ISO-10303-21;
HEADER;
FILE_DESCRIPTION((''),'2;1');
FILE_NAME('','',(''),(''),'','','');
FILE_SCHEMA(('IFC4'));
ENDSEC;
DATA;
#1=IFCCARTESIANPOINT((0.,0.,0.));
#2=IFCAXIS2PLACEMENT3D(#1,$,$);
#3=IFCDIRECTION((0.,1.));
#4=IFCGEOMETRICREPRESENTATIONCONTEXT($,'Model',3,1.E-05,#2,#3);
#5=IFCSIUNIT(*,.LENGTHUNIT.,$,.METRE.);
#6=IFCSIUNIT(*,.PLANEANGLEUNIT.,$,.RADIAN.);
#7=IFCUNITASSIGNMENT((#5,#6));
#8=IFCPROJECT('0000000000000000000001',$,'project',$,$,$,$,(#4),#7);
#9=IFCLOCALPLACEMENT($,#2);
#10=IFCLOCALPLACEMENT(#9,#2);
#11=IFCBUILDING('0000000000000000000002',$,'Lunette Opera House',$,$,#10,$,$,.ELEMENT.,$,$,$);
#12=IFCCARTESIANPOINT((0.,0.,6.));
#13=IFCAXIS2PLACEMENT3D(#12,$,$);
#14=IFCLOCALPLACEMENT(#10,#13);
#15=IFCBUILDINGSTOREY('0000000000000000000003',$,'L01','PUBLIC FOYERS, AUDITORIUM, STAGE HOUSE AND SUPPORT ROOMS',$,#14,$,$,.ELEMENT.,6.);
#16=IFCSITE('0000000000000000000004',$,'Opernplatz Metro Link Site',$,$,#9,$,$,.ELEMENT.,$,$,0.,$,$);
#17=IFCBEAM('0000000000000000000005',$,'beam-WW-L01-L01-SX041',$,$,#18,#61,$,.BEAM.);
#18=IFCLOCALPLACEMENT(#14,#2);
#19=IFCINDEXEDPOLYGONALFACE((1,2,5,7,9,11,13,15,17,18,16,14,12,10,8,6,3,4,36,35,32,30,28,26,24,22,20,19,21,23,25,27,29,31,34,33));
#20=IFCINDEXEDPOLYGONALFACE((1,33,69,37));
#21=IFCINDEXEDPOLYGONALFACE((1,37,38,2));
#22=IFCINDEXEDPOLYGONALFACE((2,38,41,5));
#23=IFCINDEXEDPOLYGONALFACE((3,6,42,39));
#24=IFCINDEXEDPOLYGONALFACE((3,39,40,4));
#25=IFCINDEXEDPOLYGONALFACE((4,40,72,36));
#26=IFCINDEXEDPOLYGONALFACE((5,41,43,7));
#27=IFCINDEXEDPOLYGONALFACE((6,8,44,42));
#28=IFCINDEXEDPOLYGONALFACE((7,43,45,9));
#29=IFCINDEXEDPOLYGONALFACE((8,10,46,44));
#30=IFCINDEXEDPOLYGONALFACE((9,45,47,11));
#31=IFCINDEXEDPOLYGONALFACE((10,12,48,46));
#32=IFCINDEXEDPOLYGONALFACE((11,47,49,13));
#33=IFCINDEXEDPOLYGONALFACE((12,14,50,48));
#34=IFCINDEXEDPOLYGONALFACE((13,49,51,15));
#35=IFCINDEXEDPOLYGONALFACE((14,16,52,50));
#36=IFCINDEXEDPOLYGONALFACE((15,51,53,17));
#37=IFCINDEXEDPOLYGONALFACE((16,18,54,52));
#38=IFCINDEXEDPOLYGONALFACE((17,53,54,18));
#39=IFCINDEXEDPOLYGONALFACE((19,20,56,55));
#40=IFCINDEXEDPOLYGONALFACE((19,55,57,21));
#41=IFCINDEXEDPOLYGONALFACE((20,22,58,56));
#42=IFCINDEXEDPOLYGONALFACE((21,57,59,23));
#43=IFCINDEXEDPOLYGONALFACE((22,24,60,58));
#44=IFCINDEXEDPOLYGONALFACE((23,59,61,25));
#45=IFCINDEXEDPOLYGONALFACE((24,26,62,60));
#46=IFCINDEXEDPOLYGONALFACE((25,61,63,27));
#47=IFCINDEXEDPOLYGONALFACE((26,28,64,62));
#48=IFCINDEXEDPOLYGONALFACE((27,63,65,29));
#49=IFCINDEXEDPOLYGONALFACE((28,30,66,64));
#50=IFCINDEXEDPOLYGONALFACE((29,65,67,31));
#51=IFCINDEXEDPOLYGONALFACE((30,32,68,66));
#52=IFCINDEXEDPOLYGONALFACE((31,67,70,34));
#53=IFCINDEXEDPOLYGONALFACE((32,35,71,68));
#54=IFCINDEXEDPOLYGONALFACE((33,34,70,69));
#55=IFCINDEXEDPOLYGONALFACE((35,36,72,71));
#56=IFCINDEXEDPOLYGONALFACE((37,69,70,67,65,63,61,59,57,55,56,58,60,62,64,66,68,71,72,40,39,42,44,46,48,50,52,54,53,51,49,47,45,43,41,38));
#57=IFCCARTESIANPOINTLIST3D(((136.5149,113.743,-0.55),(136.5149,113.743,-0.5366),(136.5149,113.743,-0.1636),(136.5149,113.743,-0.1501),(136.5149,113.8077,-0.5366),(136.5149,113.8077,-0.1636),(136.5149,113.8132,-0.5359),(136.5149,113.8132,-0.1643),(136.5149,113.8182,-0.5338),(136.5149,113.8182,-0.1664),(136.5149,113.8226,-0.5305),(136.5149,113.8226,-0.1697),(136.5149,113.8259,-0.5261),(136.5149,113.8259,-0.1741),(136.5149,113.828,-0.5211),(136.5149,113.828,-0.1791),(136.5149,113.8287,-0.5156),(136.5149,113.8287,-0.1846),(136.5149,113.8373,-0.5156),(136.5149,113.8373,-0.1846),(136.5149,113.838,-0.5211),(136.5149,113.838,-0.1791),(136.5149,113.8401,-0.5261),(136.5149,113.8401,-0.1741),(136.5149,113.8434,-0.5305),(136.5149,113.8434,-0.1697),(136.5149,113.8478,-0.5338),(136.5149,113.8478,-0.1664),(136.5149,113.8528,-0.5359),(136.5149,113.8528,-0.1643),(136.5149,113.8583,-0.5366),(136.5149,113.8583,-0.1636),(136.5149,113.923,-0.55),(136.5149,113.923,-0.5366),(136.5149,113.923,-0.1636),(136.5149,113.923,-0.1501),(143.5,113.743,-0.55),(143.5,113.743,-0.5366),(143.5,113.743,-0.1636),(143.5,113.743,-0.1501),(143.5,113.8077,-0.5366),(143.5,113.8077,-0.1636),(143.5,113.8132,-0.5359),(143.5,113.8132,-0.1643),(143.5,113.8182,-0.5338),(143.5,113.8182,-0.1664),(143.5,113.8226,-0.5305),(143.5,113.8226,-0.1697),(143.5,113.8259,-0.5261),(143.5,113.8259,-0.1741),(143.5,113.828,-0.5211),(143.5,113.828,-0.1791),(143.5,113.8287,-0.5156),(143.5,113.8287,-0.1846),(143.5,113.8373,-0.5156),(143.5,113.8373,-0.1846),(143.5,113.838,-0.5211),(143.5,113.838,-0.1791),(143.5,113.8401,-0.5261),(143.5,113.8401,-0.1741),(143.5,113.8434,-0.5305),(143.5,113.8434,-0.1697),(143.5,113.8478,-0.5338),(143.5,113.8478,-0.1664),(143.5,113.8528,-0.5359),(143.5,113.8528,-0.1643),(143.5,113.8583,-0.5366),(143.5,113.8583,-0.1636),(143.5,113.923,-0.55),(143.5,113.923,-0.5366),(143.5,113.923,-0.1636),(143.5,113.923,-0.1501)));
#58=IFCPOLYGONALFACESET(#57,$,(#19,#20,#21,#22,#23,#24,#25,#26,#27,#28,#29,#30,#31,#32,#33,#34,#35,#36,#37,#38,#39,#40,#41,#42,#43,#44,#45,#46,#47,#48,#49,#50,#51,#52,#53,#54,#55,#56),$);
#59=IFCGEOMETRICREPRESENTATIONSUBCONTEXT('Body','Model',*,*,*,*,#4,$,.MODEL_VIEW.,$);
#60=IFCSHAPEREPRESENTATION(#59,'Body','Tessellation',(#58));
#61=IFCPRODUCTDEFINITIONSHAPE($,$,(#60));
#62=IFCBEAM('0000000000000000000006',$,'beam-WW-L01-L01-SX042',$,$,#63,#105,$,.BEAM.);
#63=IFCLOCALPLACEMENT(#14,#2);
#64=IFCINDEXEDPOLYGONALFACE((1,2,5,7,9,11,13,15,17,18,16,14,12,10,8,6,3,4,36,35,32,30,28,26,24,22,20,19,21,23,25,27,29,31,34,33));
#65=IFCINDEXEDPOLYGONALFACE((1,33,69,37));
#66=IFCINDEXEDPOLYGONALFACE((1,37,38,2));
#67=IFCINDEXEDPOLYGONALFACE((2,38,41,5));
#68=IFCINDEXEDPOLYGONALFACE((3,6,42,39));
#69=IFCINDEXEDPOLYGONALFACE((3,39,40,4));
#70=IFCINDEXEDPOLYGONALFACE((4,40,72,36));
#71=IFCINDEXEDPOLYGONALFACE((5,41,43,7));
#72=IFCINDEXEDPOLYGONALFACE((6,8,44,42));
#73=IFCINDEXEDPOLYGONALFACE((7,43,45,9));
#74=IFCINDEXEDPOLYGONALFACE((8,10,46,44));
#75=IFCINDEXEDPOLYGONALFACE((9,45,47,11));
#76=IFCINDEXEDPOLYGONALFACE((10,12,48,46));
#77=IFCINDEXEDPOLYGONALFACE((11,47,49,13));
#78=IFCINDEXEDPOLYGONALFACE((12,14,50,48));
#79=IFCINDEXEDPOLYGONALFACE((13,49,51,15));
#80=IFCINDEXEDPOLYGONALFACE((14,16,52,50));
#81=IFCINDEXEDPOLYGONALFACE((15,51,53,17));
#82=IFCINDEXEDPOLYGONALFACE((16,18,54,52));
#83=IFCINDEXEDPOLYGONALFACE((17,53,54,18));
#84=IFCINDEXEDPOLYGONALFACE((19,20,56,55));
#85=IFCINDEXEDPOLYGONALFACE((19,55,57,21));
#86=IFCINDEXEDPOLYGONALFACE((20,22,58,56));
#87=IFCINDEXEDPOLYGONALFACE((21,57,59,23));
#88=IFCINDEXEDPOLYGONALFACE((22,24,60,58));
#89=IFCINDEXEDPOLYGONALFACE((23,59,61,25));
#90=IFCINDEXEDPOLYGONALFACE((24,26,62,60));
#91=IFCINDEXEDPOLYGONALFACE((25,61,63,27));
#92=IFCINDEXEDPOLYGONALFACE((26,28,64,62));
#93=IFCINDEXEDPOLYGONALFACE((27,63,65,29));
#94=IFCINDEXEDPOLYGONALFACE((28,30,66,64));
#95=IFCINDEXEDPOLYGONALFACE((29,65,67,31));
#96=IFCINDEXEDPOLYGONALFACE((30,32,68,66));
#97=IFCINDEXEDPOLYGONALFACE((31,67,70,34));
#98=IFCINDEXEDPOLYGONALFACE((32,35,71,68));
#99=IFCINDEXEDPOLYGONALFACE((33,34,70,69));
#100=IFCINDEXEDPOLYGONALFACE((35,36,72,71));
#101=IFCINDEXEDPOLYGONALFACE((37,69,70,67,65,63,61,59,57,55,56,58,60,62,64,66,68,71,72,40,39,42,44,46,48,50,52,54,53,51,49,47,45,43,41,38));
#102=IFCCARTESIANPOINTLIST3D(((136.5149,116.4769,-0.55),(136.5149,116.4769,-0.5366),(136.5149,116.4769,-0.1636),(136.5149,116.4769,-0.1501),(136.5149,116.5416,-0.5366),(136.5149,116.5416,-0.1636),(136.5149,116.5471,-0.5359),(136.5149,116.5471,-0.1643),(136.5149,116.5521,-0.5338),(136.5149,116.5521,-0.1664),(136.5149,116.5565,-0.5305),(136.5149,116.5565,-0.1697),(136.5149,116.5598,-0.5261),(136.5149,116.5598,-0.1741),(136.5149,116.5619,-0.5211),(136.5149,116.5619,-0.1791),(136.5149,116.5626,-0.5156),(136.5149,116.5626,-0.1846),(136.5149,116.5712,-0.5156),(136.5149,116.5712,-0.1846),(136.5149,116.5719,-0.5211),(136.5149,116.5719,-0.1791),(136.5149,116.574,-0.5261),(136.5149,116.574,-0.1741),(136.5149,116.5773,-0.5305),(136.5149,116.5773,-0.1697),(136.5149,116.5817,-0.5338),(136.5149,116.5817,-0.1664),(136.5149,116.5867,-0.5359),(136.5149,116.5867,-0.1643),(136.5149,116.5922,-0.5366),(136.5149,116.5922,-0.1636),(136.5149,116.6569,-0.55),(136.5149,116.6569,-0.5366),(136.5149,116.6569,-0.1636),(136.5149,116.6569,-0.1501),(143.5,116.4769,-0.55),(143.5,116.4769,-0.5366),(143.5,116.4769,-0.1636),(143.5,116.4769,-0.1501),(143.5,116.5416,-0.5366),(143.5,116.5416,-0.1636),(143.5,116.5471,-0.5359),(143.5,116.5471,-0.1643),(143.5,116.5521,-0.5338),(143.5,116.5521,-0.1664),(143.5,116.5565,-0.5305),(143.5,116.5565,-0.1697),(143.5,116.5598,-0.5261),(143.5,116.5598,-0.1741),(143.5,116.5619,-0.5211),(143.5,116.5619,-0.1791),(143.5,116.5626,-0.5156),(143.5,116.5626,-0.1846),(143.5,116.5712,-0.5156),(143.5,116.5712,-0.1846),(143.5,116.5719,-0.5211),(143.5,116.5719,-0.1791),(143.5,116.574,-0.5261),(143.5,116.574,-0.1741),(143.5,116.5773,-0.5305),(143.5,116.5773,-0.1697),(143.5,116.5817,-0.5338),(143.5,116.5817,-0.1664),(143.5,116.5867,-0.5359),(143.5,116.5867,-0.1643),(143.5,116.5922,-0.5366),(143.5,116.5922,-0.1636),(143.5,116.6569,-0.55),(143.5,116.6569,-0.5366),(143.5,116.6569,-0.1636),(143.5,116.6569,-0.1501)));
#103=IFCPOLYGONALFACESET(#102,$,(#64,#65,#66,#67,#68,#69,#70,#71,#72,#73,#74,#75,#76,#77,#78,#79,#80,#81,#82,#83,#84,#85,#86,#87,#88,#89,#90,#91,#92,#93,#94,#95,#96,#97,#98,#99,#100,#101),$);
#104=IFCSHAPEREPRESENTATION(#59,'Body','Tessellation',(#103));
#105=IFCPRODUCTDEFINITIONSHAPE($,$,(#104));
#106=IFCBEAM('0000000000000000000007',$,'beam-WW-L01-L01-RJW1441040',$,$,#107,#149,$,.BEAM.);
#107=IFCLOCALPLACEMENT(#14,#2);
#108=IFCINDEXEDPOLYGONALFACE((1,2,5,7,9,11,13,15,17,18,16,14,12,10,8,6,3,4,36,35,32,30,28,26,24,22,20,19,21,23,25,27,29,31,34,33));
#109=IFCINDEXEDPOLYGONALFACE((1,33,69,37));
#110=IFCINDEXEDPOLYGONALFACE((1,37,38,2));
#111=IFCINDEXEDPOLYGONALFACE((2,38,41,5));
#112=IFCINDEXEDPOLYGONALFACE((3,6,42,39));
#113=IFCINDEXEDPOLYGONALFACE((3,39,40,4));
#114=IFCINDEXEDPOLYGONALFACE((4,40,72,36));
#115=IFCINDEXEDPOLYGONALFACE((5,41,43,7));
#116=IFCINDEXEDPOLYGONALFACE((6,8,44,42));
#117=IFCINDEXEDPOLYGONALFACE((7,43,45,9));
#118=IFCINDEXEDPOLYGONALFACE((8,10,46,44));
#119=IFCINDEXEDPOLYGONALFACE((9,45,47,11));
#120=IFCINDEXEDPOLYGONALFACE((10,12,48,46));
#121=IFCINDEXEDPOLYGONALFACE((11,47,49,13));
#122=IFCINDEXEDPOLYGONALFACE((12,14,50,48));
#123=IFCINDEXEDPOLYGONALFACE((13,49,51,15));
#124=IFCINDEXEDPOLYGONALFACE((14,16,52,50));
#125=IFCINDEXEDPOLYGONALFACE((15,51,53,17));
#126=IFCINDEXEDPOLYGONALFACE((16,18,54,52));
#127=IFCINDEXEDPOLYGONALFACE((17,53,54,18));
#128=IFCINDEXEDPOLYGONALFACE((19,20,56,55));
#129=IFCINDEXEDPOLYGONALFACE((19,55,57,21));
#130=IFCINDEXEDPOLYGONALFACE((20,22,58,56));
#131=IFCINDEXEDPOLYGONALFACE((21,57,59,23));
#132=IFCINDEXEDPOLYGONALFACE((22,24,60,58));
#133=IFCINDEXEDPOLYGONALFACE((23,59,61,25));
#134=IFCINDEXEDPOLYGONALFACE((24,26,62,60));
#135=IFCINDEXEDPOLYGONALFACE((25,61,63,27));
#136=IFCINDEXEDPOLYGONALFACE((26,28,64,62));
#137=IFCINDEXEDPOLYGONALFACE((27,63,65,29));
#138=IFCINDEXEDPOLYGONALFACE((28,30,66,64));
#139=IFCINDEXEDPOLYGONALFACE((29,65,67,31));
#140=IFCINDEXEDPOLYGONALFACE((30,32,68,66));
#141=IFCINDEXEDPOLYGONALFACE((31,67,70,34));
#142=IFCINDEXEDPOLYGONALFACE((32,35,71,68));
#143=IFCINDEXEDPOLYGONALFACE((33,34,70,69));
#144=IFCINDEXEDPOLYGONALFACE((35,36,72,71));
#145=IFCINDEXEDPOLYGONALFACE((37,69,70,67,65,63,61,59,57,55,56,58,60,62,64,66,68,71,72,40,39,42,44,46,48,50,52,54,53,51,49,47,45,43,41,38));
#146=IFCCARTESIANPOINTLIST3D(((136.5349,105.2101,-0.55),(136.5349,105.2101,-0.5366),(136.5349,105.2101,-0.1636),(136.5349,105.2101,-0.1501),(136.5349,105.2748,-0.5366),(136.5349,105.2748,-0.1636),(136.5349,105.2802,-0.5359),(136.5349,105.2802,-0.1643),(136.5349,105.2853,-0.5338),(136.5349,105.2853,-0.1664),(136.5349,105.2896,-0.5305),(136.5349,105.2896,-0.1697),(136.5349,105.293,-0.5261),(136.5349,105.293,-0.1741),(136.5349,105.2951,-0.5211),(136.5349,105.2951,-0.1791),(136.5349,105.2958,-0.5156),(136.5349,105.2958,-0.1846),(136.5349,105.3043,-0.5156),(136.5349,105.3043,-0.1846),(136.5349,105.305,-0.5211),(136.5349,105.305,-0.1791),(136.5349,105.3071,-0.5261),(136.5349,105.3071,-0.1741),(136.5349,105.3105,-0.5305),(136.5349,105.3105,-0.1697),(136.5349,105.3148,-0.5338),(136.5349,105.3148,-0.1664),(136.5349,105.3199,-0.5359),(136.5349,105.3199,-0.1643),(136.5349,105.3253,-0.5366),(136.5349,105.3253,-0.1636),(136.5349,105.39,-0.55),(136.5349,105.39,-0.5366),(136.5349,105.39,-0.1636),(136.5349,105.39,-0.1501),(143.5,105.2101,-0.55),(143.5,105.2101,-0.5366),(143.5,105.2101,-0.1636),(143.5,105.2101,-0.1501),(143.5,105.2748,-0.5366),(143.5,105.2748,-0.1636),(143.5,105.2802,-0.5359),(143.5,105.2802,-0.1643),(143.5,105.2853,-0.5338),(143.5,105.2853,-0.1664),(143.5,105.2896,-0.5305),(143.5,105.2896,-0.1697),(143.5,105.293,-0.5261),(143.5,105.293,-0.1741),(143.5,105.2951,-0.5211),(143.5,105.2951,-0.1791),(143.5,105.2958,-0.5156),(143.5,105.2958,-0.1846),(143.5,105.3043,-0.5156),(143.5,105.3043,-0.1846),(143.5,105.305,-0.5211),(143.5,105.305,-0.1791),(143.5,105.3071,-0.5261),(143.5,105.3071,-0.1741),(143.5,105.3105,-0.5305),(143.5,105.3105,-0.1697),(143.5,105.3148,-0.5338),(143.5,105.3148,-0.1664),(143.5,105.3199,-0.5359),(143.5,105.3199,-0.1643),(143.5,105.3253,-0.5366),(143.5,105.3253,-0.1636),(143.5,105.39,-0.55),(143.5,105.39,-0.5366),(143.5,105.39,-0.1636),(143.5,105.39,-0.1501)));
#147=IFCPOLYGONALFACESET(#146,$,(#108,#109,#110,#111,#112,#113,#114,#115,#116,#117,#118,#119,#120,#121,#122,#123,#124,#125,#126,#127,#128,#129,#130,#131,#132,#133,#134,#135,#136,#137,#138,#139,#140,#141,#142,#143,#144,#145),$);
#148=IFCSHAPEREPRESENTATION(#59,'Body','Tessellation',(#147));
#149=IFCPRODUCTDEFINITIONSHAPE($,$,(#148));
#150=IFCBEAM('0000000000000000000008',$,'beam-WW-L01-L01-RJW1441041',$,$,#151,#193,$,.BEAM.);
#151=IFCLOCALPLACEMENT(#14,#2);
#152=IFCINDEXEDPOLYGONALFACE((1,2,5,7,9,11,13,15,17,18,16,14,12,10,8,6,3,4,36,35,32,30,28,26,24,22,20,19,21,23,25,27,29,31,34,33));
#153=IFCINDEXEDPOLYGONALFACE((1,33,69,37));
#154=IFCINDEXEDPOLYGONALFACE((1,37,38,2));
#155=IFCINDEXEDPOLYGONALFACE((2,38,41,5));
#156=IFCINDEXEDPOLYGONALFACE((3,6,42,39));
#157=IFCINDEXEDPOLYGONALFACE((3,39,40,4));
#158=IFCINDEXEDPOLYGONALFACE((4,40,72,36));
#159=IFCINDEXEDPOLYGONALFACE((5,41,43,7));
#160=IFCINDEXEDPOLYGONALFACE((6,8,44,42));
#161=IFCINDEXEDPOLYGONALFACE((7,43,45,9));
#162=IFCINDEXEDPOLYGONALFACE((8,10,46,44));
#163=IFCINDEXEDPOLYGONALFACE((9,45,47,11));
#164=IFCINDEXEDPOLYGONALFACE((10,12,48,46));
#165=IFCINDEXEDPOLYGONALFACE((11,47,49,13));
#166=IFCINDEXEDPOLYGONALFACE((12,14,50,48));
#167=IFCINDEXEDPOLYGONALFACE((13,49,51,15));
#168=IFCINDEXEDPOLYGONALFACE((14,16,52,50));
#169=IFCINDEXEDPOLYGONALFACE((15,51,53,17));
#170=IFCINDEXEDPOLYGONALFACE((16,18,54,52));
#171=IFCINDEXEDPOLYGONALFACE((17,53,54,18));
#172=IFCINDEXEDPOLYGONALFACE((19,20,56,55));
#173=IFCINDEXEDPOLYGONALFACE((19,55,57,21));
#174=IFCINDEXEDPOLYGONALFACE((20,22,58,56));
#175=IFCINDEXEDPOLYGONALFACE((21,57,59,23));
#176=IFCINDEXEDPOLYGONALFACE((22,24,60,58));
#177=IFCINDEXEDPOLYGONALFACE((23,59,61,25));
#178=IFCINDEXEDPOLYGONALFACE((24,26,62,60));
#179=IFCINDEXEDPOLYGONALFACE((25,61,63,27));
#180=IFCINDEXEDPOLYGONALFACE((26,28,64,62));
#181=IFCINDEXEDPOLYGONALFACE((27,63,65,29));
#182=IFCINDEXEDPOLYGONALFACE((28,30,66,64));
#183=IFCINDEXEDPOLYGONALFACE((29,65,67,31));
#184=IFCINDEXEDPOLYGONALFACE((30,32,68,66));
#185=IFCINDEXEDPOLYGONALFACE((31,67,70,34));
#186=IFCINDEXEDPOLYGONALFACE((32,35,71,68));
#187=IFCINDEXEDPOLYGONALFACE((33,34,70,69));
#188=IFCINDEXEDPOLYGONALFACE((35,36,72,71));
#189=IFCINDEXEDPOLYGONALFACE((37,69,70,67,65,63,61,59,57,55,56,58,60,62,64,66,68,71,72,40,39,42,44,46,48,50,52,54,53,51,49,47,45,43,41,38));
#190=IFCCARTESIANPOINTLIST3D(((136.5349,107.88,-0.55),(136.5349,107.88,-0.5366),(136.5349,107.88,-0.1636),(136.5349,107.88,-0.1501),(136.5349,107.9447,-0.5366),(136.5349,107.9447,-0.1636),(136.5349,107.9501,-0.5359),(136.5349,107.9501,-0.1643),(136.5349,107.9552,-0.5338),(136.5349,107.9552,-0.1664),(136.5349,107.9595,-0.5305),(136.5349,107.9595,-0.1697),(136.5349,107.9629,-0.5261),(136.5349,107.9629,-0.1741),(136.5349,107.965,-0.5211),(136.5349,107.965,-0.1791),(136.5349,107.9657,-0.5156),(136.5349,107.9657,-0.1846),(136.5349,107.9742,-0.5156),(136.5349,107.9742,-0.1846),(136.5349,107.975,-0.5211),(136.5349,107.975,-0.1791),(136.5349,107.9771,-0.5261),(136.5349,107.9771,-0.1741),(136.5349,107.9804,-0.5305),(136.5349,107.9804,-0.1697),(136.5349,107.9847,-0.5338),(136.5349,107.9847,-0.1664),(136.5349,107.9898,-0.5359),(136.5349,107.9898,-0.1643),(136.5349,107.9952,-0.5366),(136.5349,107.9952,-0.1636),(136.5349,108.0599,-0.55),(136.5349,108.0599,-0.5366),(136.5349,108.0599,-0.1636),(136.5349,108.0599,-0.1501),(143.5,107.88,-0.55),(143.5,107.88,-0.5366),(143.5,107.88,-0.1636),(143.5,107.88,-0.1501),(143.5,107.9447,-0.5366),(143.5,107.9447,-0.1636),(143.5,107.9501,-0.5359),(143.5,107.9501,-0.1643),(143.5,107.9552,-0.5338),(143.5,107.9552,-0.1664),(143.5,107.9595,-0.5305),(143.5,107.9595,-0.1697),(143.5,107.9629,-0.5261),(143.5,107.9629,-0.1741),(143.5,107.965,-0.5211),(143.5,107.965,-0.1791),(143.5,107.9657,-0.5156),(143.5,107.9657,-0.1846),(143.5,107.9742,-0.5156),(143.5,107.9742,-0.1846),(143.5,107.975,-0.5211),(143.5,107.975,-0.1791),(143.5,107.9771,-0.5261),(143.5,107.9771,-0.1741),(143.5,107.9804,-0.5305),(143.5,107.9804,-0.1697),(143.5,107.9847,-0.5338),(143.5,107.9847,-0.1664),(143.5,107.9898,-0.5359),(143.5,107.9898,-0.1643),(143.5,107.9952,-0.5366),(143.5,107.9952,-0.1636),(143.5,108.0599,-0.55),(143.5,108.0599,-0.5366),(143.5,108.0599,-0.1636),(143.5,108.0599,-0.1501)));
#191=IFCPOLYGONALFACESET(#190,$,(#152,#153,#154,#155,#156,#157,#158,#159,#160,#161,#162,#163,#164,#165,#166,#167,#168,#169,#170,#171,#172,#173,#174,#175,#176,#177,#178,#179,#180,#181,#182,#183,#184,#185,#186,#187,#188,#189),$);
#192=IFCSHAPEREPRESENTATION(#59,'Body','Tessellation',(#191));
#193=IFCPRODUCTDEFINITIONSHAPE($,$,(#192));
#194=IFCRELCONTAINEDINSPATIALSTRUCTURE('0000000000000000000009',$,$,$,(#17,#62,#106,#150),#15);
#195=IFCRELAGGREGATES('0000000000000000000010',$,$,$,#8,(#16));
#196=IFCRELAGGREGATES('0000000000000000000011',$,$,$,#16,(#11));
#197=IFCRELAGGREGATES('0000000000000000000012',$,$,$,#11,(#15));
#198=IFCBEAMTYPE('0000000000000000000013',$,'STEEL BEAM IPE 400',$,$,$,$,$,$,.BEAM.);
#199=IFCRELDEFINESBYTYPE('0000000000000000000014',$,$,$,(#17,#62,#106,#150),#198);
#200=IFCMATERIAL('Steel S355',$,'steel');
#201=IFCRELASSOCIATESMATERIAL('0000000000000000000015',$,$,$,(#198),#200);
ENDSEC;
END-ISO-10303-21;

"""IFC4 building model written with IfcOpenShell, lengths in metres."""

from ifc_helpers import new_model, si_unit, direction, frame, origin, origin_2d, place, context, subcontext, project, spatial, i_section, extrude, material, material_profile, profile_set, type_object, element, save


model = new_model("IFC4")

# Units and contexts
model_context = context("Model", 3, precision=1e-05, world=origin(), true_north=direction((0.0, 1.0)))
body_context = subcontext(model_context, "Body", "Model", "MODEL_VIEW")
ifc_project = project(units=[si_unit("LENGTHUNIT", "METRE"), si_unit("PLANEANGLEUNIT", "RADIAN")], contexts=[model_context])

# Site, building, storey
site_placement = place(None, origin())
site = spatial("IfcSite", under=ifc_project, at=site_placement, Name="Opernplatz Metro Link Site", CompositionType="ELEMENT", RefElevation=0.0)
building_placement = place(site_placement, origin())
building = spatial("IfcBuilding", under=site, at=building_placement, Name="Lunette Opera House", CompositionType="ELEMENT")
storey_placement = place(building_placement, frame((0.0, 0.0, 6.0)))
storey = spatial("IfcBuildingStorey", under=building, at=storey_placement, Name="L01", Description="PUBLIC FOYERS, AUDITORIUM, STAGE HOUSE AND SUPPORT ROOMS", CompositionType="ELEMENT", Elevation=6.0)

# Beams
ifc_material_1 = material(Name="Steel S355", Category="steel")
ifc_material_profile_1 = material_profile(ifc_material_1, i_section(OverallWidth=0.1799, OverallDepth=0.3999, WebThickness=0.0085, FlangeThickness=0.0134, FilletRadius=0.021, at=origin_2d()), Name="IPE 400")
ifc_profile_set_1 = profile_set([ifc_material_profile_1], Name="Steel S355")
beam_type_1 = type_object("IfcBeamType", Name="STEEL BEAM IPE 400", PredefinedType="BEAM", material=ifc_profile_set_1)
for number, where, z_axis, x_axis, name in (
    (1, (136.5149, 113.833, -0.3501), (1.0, 0.0, 0.0), (0.0, 1.0, 0.0), "beam-WW-L01-L01-SX041"),
    (2, (136.5149, 116.5669, -0.3501), (1.0, 0.0, 0.0), (0.0, 1.0, 0.0), "beam-WW-L01-L01-SX042"),
):
    element("IfcBeam", number, at=place(storey_placement, frame(where, z_axis=z_axis, x_axis=x_axis)), inside=storey, type_object=beam_type_1, Name=name, PredefinedType="BEAM", context=body_context, shape_type="SweptSolid", body=[
        extrude(i_section(OverallWidth=0.1799, OverallDepth=0.3999, WebThickness=0.0085, FlangeThickness=0.0134, FilletRadius=0.021, at=origin_2d()), origin(), (0.0, 0.0, 1.0), 6.9851),
    ])
for number, where, z_axis, x_axis, name in (
    (3, (143.5, 105.3, -0.3501), (-1.0, 0.0, 0.0), (0.0, -1.0, 0.0), "beam-WW-L01-L01-RJW1441040"),
    (4, (143.5, 107.97, -0.3501), (-1.0, 0.0, 0.0), (0.0, -1.0, 0.0), "beam-WW-L01-L01-RJW1441041"),
):
    element("IfcBeam", number, at=place(storey_placement, frame(where, z_axis=z_axis, x_axis=x_axis)), inside=storey, type_object=beam_type_1, Name=name, PredefinedType="BEAM", context=body_context, shape_type="SweptSolid", body=[
        extrude(i_section(OverallWidth=0.1799, OverallDepth=0.3999, WebThickness=0.0085, FlangeThickness=0.0134, FilletRadius=0.021, at=origin_2d()), origin(), (0.0, 0.0, 1.0), 6.9651),
    ])

save(model, "model.ifc")
